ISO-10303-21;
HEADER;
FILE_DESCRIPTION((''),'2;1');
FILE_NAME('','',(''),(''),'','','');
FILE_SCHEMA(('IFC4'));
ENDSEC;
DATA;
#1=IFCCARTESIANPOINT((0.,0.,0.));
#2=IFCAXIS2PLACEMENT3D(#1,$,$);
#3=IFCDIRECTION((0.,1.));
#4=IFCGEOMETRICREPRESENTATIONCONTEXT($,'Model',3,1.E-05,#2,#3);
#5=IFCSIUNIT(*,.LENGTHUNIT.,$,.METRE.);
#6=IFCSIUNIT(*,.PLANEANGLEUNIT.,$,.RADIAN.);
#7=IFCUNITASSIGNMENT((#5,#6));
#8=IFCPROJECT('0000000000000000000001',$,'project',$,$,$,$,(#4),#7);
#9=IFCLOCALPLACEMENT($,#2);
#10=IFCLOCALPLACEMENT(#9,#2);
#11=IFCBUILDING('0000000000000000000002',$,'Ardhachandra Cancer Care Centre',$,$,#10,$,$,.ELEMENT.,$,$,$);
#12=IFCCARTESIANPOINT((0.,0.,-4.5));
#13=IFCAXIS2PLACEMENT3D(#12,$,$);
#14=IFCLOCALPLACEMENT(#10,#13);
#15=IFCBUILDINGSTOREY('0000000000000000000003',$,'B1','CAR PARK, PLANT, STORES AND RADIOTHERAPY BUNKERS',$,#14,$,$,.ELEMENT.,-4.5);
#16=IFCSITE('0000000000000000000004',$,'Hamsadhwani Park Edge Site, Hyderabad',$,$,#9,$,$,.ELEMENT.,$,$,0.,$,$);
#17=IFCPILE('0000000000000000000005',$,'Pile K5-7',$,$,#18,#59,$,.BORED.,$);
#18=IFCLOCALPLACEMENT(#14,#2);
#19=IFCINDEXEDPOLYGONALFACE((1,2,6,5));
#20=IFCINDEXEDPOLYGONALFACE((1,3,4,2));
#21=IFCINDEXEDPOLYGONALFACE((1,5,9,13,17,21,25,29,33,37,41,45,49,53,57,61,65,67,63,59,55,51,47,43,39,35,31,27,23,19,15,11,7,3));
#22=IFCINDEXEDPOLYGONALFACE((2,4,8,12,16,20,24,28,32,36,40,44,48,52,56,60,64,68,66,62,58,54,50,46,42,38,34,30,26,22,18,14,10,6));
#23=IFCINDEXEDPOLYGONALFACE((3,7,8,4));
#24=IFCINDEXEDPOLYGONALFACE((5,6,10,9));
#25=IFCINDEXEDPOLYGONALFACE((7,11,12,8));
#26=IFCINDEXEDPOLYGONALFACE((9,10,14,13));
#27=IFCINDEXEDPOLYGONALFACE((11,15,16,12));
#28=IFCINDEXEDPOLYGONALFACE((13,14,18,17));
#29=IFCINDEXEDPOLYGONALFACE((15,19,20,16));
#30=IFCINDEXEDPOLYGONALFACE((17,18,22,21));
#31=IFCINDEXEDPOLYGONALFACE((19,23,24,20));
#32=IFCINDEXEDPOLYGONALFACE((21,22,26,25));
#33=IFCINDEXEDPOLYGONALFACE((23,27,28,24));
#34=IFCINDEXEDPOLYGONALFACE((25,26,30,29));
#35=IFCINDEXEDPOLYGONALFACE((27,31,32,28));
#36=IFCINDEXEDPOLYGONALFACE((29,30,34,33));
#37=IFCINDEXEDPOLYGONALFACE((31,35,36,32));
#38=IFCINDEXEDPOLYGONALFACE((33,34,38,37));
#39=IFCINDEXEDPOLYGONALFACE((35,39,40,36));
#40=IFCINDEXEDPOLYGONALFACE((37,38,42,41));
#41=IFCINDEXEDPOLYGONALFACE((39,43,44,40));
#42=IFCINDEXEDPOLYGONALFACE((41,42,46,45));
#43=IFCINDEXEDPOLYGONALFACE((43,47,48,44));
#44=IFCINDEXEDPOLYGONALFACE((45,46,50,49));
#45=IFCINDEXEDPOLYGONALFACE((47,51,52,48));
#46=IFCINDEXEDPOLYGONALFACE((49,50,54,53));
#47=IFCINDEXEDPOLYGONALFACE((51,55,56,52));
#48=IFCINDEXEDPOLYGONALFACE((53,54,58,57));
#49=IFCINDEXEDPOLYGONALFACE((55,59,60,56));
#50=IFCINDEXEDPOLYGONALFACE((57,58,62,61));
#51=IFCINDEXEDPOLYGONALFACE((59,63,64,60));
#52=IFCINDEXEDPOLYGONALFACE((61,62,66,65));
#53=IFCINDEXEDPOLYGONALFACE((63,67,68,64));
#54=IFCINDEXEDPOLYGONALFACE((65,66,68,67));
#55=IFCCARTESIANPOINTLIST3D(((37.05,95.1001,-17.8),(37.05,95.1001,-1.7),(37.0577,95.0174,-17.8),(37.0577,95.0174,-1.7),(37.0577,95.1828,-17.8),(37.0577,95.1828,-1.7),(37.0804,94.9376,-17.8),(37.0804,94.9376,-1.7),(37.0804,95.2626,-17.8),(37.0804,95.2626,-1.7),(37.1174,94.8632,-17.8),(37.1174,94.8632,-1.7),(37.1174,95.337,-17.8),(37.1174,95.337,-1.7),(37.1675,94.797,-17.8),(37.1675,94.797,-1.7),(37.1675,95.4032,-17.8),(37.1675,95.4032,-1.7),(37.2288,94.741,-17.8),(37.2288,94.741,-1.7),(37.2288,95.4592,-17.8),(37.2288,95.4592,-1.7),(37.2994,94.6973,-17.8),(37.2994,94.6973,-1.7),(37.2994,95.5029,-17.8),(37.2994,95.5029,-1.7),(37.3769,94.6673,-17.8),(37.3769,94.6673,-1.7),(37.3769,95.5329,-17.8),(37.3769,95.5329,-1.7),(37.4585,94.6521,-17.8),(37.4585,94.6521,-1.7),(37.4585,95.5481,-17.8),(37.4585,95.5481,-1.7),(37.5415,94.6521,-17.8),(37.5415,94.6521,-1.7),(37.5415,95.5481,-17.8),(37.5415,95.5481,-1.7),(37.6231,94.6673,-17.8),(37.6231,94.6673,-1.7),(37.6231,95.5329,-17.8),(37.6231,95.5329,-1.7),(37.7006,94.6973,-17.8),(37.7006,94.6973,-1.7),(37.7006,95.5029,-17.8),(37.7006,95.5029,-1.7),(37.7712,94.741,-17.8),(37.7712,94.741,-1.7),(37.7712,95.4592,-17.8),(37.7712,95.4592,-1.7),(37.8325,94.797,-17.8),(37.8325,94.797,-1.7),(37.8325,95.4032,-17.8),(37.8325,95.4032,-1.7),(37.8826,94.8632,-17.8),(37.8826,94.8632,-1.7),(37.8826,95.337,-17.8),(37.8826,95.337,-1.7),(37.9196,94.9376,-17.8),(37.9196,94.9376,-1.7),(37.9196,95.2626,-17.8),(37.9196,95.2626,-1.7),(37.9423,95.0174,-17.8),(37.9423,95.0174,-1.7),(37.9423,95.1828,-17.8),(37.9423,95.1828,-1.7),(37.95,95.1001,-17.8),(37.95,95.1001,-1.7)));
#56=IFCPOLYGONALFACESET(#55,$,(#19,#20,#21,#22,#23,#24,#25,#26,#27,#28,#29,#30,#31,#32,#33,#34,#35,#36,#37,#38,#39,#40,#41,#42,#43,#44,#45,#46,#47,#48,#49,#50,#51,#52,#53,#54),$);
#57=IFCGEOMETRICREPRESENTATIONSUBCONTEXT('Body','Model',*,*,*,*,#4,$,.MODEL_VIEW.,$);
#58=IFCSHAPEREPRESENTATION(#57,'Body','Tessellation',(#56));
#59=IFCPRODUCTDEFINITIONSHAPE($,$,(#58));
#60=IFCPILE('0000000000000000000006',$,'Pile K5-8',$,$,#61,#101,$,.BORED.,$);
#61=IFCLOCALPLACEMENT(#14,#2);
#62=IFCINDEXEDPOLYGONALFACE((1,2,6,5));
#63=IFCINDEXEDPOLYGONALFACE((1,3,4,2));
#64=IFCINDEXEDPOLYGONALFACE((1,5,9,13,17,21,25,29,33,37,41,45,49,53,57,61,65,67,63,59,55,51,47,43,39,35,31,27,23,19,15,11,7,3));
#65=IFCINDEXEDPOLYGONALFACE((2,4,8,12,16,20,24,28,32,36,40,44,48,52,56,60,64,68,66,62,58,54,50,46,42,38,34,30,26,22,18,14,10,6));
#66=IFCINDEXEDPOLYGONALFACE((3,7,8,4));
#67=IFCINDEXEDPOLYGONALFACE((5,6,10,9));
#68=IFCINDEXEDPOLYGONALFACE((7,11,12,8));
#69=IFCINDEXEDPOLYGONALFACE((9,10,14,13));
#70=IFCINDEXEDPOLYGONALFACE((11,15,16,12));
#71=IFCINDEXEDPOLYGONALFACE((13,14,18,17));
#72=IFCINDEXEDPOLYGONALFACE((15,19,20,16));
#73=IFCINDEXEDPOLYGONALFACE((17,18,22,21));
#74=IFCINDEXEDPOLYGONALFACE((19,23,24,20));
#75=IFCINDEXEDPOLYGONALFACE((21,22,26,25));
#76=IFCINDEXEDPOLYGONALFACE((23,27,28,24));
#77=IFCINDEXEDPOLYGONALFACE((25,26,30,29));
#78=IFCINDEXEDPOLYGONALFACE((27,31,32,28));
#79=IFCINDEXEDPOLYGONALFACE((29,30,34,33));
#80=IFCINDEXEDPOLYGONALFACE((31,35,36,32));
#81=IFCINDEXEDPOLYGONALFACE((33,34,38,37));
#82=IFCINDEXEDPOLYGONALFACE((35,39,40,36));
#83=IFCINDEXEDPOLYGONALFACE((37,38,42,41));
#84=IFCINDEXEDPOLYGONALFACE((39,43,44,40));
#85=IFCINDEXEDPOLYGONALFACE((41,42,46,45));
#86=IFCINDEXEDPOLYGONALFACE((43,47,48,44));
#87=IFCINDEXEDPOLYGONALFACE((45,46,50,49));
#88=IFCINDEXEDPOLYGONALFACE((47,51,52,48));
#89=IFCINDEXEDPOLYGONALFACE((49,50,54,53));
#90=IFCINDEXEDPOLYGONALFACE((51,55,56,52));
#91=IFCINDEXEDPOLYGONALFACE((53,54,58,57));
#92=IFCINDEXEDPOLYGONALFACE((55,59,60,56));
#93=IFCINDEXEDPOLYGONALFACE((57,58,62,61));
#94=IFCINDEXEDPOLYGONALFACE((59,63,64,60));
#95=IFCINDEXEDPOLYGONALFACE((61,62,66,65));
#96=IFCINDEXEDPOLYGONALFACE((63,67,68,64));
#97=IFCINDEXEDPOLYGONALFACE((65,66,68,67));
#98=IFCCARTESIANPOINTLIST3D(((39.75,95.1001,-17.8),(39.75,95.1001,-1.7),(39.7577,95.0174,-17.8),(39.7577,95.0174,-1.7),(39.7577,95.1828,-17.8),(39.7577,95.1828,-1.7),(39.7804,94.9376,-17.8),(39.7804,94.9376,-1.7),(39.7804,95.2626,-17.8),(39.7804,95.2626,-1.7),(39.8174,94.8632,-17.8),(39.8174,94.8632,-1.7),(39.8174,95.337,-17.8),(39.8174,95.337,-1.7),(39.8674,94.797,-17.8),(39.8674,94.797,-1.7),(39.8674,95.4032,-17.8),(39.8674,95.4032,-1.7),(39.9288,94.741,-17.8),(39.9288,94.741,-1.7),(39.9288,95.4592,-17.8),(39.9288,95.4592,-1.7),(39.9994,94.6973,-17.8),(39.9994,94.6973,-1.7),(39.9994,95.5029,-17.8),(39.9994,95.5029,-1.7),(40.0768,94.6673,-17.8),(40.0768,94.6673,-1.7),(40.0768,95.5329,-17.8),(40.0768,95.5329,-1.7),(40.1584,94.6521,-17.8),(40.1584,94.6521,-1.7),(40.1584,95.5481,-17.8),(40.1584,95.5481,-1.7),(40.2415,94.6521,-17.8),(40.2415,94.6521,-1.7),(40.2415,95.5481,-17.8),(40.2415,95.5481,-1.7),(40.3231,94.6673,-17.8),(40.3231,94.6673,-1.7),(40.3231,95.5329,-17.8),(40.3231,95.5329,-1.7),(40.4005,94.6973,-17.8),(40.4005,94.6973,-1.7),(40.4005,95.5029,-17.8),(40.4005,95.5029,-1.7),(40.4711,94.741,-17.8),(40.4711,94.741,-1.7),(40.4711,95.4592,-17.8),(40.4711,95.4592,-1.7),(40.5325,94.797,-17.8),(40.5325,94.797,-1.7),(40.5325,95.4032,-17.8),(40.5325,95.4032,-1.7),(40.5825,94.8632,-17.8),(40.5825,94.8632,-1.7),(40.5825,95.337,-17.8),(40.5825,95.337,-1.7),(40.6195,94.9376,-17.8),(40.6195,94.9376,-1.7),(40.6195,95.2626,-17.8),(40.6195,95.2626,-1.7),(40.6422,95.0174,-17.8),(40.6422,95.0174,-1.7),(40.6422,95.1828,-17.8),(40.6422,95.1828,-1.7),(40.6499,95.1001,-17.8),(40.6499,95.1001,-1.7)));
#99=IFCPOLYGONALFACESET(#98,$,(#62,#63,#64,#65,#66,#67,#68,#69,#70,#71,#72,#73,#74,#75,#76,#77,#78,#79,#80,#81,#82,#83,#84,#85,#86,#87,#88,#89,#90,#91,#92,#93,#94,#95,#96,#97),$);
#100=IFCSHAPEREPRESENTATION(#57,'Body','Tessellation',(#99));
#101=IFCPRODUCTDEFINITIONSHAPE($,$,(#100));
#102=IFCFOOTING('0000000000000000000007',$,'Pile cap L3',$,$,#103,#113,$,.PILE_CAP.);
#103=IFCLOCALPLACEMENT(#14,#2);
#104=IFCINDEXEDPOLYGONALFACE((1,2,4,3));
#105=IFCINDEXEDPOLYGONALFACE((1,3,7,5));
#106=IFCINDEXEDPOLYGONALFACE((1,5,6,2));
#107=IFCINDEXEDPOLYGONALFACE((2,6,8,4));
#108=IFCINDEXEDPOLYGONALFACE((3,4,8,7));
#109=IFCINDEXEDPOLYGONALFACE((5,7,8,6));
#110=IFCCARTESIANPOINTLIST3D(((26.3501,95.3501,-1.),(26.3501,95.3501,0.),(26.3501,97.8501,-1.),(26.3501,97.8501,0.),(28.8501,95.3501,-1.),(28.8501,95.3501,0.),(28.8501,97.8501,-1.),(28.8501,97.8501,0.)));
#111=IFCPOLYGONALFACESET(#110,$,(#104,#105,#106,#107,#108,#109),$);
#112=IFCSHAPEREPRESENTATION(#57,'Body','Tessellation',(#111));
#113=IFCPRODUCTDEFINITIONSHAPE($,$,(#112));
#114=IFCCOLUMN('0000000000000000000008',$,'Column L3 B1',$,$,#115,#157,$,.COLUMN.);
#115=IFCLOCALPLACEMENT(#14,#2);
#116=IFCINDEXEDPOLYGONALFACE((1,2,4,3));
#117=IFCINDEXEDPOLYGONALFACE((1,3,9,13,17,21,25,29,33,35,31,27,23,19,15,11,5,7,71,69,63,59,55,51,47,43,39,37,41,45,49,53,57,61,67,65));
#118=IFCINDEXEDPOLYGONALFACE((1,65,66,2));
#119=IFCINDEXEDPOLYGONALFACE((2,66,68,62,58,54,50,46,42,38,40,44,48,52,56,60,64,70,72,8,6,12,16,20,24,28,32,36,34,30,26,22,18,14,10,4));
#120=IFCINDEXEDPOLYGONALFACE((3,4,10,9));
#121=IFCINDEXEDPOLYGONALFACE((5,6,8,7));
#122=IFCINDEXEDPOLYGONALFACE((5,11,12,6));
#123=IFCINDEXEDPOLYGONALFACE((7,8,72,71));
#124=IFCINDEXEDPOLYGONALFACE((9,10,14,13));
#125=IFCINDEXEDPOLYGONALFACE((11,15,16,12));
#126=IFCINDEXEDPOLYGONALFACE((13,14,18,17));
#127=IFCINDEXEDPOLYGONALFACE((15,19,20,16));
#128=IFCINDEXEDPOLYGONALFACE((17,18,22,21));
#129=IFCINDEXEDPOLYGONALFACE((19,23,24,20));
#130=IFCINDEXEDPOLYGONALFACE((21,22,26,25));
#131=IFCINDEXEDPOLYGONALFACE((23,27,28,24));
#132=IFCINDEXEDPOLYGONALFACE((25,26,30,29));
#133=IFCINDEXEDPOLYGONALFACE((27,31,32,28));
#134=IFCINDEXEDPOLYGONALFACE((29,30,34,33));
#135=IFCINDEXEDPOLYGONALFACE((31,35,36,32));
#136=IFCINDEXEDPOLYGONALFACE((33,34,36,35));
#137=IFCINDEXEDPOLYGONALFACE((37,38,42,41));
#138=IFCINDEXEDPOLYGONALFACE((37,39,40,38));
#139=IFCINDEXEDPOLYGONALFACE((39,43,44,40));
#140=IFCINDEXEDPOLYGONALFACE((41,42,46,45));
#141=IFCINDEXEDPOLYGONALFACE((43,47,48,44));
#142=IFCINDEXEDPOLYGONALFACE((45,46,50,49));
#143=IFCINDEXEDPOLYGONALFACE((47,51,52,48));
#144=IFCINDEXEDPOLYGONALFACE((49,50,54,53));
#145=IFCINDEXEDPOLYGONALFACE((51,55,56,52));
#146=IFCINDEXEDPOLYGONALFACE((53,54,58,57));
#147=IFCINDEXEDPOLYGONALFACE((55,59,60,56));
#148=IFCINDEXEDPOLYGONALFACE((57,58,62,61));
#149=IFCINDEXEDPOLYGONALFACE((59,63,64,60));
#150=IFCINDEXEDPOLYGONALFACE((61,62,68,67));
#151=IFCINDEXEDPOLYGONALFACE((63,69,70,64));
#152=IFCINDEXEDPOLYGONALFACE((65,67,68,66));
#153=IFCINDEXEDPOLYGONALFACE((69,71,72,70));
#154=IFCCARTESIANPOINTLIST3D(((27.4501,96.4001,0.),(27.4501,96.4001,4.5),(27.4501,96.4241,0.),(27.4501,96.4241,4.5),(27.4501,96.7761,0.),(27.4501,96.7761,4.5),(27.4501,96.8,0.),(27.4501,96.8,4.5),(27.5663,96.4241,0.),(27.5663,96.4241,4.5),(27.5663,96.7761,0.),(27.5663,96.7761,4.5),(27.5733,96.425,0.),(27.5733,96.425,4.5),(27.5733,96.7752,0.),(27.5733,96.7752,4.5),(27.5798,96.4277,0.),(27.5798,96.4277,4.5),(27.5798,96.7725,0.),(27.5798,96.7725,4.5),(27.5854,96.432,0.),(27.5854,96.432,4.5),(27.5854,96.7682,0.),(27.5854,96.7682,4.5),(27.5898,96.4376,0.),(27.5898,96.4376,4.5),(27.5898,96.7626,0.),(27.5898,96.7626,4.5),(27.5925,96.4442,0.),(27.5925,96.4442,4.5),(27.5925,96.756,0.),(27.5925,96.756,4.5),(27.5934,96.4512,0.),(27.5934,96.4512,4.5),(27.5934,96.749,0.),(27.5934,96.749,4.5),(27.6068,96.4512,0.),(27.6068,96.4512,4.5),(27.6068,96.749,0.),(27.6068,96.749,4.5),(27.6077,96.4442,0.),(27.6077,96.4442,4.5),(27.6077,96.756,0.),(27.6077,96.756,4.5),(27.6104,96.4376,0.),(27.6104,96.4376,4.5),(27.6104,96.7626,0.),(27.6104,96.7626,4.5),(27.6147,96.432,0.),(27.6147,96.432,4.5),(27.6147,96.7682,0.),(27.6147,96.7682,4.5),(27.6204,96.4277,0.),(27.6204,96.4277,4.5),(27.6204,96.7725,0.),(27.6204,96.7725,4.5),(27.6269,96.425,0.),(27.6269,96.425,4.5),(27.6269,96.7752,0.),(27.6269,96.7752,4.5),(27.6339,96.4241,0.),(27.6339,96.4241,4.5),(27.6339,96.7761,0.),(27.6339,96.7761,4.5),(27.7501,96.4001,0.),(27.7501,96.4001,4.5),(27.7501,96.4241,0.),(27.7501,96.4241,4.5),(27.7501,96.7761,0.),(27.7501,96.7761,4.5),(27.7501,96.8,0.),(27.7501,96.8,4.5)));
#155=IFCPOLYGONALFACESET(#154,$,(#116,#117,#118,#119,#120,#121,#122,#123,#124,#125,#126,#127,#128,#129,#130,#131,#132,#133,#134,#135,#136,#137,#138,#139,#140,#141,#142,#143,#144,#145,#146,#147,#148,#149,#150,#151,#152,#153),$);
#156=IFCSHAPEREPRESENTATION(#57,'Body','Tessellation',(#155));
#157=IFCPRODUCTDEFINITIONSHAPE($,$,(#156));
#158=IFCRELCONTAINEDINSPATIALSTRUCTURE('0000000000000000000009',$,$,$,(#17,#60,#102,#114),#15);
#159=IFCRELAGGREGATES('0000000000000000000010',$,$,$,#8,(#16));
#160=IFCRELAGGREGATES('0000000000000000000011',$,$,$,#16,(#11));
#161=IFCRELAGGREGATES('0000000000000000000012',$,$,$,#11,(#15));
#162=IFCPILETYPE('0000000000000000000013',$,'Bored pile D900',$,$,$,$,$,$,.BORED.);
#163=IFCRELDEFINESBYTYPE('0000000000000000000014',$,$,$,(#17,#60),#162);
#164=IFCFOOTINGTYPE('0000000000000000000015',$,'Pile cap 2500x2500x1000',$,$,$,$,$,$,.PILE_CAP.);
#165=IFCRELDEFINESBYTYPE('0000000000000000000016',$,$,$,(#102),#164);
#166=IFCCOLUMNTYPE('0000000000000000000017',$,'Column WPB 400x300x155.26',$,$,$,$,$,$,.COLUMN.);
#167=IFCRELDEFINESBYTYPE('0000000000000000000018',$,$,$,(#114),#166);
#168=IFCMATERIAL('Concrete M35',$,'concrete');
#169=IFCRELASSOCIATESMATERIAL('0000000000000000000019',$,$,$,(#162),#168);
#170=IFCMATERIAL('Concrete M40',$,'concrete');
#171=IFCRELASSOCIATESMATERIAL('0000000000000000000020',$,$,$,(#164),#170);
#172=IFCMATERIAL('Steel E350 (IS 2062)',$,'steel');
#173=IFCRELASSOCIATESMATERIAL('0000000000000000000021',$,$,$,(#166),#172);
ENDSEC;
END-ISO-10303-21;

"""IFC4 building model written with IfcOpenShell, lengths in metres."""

from ifc_helpers import new_model, si_unit, direction, frame, origin, origin_2d, place, context, subcontext, project, spatial, rectangle, circle, i_section, extrude, material, material_profile, profile_set, type_object, element, save


model = new_model("IFC4")

# Units and contexts
model_context = context("Model", 3, precision=1e-05, world=origin(), true_north=direction((0.0, 1.0)))
body_context = subcontext(model_context, "Body", "Model", "MODEL_VIEW")
ifc_project = project(units=[si_unit("LENGTHUNIT", "METRE"), si_unit("PLANEANGLEUNIT", "RADIAN")], contexts=[model_context])

# Site, building, storey
site_placement = place(None, origin())
site = spatial("IfcSite", under=ifc_project, at=site_placement, Name="Hamsadhwani Park Edge Site, Hyderabad", CompositionType="ELEMENT", RefElevation=0.0)
building_placement = place(site_placement, origin())
building = spatial("IfcBuilding", under=site, at=building_placement, Name="Ardhachandra Cancer Care Centre", CompositionType="ELEMENT")
storey_placement = place(building_placement, frame((0.0, 0.0, -4.5)))
storey = spatial("IfcBuildingStorey", under=building, at=storey_placement, Name="B1", Description="CAR PARK, PLANT, STORES AND RADIOTHERAPY BUNKERS", CompositionType="ELEMENT", Elevation=-4.5)

# Piles
ifc_material_1 = material(Name="Concrete M35", Category="concrete")
ifc_material_profile_1 = material_profile(ifc_material_1, circle(Radius=0.45, at=origin_2d()), Name="D900")
ifc_profile_set_1 = profile_set([ifc_material_profile_1], Name="Concrete M35")
pile_type_1 = type_object("IfcPileType", Name="Bored pile D900", PredefinedType="BORED", material=ifc_profile_set_1)
for number, where, z_axis, x_axis, name in (
    (1, (37.5, 95.1001, -1.7), (0.0, 0.0, -1.0), (1.0, 0.0, 0.0), "Pile K5-7"),
    (2, (40.2, 95.1001, -1.7), (0.0, 0.0, -1.0), (1.0, 0.0, 0.0), "Pile K5-8"),
):
    element("IfcPile", number, at=place(storey_placement, frame(where, z_axis=z_axis, x_axis=x_axis)), inside=storey, type_object=pile_type_1, Name=name, PredefinedType="BORED", context=body_context, shape_type="SweptSolid", body=[
        extrude(circle(Radius=0.45, at=origin_2d()), origin(), (0.0, 0.0, 1.0), 16.1001),
    ])

# Footing
ifc_material_2 = material(Name="Concrete M40", Category="concrete")
footing_type = type_object("IfcFootingType", Name="Pile cap 2500x2500x1000", PredefinedType="PILE_CAP", material=ifc_material_2)
footing_placement = place(storey_placement, frame((27.6001, 96.6001, -1.0), z_axis=(0.0, 0.0, 1.0), x_axis=(1.0, 0.0, 0.0)))
element("IfcFooting", 3, at=footing_placement, inside=storey, type_object=footing_type, Name="Pile cap L3", PredefinedType="PILE_CAP", context=body_context, shape_type="SweptSolid", body=[
    extrude(rectangle(XDim=2.5, YDim=2.5, at=origin_2d()), origin(), (0.0, 0.0, 1.0), 1.0),
])

# Column
ifc_material_3 = material(Name="Steel E350 (IS 2062)", Category="steel")
ifc_material_profile_2 = material_profile(ifc_material_3, i_section(OverallWidth=0.3, OverallDepth=0.3999, WebThickness=0.0134, FlangeThickness=0.0239, FilletRadius=0.0271, at=origin_2d()), Name="WPB 400x300x155.26")
ifc_profile_set_2 = profile_set([ifc_material_profile_2], Name="Steel E350 (IS 2062)")
column_type = type_object("IfcColumnType", Name="Column WPB 400x300x155.26", PredefinedType="COLUMN", material=ifc_profile_set_2)
column_placement = place(storey_placement, frame((27.6001, 96.6001, 0.0), z_axis=(0.0, 0.0, 1.0), x_axis=(1.0, 0.0, 0.0)))
element("IfcColumn", 4, at=column_placement, inside=storey, type_object=column_type, Name="Column L3 B1", PredefinedType="COLUMN", context=body_context, shape_type="SweptSolid", body=[
    extrude(i_section(OverallWidth=0.3, OverallDepth=0.3999, WebThickness=0.0134, FlangeThickness=0.0239, FilletRadius=0.0271, at=origin_2d()), origin(), (0.0, 0.0, 1.0), 4.5),
])

save(model, "model.ifc")
